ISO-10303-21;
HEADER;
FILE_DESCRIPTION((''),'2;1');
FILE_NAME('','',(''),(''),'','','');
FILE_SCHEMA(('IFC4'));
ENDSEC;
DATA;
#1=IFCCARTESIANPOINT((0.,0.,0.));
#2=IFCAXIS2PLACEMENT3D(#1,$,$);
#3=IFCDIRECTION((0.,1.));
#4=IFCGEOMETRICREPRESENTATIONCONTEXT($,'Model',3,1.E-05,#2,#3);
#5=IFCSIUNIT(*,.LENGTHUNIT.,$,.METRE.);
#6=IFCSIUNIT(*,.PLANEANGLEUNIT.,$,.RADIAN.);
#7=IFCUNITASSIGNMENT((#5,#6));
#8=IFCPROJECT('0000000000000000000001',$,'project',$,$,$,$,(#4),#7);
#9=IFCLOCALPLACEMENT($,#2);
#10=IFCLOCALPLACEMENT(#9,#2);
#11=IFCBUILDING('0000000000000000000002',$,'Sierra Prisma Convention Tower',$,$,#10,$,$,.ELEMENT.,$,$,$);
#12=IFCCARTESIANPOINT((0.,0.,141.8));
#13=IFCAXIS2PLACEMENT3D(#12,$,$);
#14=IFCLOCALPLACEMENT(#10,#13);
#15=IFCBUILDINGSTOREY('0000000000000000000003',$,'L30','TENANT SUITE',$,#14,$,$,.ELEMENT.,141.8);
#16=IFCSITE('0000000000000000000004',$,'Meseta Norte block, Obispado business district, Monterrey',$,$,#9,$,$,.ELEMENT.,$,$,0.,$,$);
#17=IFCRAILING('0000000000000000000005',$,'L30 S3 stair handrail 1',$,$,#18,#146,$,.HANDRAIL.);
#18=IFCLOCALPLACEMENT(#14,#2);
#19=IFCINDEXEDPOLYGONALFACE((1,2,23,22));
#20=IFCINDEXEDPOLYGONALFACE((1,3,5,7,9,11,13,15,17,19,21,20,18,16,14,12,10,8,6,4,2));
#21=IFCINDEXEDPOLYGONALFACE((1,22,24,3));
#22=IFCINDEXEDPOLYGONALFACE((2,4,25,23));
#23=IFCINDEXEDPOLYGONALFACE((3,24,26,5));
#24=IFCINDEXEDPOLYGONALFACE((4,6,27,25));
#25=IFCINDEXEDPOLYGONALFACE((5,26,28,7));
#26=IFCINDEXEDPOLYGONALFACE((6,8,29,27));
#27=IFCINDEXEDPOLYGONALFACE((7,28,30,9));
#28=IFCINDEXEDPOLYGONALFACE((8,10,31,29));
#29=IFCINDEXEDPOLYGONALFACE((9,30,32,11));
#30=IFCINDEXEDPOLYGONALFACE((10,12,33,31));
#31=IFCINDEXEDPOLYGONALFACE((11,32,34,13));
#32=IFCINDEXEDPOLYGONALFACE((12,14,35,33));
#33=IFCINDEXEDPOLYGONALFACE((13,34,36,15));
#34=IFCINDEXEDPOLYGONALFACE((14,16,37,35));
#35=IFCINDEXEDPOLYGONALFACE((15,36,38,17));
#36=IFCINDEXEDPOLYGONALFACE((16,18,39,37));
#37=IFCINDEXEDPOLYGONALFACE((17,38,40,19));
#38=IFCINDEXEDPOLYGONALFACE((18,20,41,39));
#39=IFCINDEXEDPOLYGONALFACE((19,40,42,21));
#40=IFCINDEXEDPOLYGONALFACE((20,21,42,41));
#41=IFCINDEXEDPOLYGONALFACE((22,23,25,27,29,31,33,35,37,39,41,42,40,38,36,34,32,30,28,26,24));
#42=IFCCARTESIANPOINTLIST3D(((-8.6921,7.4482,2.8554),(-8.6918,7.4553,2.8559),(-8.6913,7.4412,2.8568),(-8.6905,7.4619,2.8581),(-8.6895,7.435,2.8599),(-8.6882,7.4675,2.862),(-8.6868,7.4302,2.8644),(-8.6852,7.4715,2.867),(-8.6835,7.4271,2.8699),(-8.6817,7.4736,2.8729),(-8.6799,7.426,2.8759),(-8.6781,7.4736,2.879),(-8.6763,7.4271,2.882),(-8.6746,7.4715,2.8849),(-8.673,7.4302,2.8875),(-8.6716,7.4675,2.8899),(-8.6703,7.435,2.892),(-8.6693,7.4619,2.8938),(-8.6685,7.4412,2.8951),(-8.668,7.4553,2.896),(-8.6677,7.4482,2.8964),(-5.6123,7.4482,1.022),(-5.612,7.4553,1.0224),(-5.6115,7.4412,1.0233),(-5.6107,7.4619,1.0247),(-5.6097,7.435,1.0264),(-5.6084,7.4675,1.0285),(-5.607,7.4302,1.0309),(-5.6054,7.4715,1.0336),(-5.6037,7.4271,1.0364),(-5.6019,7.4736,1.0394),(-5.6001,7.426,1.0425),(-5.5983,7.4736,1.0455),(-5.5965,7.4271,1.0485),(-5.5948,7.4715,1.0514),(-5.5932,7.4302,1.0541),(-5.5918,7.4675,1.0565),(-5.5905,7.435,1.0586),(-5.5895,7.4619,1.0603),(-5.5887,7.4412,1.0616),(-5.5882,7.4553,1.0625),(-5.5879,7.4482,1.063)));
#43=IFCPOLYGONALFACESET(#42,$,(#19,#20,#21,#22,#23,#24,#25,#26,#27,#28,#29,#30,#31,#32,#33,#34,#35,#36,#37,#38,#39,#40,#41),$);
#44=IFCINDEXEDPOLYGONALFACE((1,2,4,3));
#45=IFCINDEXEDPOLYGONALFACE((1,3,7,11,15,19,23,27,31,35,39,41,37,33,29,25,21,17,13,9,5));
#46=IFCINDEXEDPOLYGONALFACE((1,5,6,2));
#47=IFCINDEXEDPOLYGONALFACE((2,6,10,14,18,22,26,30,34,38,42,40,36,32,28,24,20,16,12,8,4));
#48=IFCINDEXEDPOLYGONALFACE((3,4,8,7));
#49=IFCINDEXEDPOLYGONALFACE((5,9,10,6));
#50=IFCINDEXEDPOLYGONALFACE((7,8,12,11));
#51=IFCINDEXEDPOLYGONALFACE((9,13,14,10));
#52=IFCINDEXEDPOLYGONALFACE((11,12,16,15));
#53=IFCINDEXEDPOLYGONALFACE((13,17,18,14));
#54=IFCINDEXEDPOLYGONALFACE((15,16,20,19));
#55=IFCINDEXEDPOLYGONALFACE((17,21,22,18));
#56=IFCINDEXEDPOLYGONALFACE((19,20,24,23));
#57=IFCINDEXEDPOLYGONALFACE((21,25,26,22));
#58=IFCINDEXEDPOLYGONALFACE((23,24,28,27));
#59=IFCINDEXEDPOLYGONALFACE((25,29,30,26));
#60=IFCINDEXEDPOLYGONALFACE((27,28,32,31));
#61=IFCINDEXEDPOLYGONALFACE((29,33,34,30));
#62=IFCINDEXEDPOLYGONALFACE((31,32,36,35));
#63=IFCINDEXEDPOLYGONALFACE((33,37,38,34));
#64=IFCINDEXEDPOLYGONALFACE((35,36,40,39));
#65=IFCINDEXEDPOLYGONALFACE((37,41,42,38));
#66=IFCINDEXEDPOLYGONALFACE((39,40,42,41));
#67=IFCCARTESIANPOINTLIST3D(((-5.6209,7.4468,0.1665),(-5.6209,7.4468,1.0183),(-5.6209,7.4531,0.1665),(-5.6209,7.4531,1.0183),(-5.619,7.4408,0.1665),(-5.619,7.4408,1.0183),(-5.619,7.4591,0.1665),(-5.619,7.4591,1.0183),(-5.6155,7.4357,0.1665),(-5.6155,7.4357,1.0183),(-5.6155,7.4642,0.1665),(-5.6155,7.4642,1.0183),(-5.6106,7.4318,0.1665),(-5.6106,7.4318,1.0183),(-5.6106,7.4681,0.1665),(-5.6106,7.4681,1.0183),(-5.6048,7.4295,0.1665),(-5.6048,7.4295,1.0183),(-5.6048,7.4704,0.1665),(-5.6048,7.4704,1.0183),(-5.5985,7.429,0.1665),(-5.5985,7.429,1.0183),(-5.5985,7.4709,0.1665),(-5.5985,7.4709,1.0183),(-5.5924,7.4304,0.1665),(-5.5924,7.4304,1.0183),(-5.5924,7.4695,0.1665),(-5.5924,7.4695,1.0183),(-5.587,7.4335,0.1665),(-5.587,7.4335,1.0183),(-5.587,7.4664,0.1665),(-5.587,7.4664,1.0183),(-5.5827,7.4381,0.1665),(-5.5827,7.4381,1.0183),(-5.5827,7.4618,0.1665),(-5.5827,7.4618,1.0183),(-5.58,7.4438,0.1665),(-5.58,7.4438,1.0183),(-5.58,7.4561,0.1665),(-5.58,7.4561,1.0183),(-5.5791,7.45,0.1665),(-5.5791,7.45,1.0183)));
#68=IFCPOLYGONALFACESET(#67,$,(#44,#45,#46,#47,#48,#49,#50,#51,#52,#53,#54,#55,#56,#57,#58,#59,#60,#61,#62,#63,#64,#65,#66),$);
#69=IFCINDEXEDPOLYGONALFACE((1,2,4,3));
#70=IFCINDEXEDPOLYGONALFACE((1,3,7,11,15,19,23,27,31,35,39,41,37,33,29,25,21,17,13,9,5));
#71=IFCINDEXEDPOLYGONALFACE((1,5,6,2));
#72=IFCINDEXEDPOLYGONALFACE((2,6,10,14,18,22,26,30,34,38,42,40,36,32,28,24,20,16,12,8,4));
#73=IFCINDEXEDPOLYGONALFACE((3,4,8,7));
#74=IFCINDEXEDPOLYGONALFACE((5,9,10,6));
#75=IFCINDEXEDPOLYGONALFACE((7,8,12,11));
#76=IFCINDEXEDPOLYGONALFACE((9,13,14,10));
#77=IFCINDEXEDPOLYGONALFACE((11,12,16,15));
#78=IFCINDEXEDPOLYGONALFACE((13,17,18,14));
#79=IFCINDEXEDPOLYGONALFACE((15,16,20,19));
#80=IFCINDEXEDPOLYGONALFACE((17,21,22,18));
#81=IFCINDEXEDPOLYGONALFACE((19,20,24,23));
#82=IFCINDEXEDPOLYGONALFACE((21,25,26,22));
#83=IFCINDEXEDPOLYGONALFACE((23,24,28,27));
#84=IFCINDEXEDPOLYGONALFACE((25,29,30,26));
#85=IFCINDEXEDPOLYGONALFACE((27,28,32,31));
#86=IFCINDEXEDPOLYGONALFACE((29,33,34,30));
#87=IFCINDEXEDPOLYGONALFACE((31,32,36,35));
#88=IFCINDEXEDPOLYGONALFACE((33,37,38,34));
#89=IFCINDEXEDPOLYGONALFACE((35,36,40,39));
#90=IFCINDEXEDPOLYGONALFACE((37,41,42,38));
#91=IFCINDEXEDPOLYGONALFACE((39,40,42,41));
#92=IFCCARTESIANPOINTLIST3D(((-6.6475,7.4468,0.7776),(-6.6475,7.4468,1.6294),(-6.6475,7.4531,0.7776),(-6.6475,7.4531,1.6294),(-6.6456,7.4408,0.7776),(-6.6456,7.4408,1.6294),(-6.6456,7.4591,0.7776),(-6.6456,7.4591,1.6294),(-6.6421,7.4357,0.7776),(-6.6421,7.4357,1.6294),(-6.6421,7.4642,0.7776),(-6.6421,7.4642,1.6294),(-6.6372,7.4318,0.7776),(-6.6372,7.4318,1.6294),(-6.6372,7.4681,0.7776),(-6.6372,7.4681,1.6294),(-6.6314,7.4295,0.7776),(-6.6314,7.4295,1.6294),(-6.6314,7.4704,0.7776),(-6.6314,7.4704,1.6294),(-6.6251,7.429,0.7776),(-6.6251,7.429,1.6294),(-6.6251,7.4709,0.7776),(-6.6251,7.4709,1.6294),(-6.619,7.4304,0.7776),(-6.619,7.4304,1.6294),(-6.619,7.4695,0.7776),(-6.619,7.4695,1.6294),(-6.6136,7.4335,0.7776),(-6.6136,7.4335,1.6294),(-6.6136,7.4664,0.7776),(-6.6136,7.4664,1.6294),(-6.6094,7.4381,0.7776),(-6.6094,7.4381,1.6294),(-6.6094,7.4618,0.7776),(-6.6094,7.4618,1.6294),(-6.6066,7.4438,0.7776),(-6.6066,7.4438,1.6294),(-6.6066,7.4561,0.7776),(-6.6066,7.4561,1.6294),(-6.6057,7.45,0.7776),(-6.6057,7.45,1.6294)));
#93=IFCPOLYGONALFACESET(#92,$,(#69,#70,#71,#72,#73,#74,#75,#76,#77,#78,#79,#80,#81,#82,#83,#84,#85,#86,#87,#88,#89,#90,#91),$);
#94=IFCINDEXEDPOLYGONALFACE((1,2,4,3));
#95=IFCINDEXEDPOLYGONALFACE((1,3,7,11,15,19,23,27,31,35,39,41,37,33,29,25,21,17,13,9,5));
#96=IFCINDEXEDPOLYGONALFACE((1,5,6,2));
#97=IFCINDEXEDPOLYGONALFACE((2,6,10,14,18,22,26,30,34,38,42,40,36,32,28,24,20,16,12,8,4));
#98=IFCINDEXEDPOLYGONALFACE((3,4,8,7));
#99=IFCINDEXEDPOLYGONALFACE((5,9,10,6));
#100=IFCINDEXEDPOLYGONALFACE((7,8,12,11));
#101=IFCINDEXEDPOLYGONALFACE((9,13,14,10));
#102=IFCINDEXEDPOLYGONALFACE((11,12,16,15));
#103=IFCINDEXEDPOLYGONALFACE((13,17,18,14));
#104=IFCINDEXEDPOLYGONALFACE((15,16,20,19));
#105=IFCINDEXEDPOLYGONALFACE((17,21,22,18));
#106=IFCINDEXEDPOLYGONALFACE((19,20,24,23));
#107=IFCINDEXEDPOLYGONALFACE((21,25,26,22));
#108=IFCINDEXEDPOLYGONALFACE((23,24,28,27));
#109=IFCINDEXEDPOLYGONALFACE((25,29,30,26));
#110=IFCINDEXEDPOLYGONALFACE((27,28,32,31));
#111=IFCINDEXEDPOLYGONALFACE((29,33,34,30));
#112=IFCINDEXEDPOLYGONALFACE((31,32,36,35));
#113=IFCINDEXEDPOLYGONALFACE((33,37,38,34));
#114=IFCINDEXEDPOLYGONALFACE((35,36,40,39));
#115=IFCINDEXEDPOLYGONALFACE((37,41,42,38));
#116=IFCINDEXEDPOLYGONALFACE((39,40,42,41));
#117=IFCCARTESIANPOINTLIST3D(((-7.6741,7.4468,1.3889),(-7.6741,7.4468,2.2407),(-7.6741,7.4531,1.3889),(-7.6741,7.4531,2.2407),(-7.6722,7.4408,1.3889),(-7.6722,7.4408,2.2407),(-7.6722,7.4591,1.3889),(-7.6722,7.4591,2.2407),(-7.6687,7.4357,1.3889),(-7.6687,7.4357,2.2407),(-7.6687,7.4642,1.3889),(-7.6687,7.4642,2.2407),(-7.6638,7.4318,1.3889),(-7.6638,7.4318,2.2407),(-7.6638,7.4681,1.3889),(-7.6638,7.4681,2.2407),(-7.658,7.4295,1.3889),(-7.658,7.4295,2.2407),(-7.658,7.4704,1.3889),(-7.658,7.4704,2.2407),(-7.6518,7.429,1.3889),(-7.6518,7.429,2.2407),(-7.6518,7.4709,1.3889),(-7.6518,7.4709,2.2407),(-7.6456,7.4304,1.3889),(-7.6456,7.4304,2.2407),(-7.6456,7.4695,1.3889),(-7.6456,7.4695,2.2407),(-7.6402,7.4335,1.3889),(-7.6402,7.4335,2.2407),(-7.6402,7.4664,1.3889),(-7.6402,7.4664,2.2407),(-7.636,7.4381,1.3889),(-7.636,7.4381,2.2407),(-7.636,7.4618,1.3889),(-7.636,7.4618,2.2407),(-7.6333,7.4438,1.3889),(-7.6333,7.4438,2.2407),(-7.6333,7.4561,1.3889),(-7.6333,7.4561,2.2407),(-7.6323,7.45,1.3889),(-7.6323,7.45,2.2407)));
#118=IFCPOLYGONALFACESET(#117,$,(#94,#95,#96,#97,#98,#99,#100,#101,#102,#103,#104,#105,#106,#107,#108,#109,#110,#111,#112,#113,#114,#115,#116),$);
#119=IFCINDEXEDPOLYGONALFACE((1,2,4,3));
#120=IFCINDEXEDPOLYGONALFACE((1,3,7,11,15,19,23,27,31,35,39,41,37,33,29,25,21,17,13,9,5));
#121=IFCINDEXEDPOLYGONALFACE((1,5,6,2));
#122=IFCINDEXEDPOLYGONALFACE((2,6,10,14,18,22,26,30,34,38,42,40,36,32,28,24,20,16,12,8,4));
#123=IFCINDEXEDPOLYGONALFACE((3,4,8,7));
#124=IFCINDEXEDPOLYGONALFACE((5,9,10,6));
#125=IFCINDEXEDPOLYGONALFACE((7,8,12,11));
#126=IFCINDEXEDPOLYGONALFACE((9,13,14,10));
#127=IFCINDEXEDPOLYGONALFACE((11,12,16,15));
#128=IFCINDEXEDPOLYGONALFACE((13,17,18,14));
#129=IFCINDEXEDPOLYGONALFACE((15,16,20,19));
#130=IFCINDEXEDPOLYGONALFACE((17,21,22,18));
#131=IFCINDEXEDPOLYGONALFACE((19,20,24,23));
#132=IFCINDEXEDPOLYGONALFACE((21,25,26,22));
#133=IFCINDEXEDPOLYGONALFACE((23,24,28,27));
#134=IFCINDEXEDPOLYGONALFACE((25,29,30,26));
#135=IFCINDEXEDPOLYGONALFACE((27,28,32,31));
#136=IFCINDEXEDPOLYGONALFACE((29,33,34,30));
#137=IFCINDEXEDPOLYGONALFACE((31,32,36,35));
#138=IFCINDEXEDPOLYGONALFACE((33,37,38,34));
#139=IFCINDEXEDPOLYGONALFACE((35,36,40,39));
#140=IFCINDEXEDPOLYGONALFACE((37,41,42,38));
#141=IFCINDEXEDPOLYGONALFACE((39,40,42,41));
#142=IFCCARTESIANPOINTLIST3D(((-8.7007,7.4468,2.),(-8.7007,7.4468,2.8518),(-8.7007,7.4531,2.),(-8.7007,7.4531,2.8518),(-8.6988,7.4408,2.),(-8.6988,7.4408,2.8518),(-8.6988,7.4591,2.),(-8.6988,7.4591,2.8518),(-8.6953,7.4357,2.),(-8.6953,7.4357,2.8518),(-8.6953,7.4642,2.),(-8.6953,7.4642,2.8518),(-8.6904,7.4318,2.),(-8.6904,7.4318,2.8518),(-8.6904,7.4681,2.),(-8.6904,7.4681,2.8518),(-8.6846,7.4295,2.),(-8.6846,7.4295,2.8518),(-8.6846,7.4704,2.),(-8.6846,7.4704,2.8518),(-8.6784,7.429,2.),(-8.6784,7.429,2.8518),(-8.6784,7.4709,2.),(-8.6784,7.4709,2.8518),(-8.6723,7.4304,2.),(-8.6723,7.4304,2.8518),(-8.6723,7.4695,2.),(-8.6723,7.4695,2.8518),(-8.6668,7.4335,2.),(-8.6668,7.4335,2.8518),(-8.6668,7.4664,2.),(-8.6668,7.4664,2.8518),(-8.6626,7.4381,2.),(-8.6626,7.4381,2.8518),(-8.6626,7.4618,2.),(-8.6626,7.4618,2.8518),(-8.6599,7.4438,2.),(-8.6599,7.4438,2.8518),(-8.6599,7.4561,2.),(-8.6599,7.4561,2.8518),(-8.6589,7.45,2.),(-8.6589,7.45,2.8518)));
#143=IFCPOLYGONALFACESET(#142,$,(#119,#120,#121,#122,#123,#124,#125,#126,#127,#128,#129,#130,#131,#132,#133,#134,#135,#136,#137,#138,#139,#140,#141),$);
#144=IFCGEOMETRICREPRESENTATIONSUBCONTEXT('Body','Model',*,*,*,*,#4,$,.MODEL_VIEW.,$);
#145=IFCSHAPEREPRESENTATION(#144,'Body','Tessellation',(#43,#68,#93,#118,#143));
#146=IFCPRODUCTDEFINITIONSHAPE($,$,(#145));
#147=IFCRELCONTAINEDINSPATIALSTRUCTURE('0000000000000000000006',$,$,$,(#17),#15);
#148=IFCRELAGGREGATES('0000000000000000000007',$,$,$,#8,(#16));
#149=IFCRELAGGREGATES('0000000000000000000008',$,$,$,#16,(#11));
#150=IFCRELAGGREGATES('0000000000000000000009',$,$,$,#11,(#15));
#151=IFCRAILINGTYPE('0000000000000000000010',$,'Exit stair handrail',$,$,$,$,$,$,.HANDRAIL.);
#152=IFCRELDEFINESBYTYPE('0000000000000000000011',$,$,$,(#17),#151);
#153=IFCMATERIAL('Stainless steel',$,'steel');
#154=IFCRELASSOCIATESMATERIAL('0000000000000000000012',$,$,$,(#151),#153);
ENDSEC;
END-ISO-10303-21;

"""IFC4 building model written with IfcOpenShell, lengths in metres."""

from ifc_helpers import new_model, si_unit, direction, frame, origin, origin_2d, place, context, subcontext, project, spatial, circle, extrude, material, type_object, element, save


model = new_model("IFC4")

# Units and contexts
model_context = context("Model", 3, precision=1e-05, world=origin(), true_north=direction((0.0, 1.0)))
body_context = subcontext(model_context, "Body", "Model", "MODEL_VIEW")
ifc_project = project(units=[si_unit("LENGTHUNIT", "METRE"), si_unit("PLANEANGLEUNIT", "RADIAN")], contexts=[model_context])

# Site, building, storey
site_placement = place(None, origin())
site = spatial("IfcSite", under=ifc_project, at=site_placement, Name="Meseta Norte block, Obispado business district, Monterrey", CompositionType="ELEMENT", RefElevation=0.0)
building_placement = place(site_placement, origin())
building = spatial("IfcBuilding", under=site, at=building_placement, Name="Sierra Prisma Convention Tower", CompositionType="ELEMENT")
storey_placement = place(building_placement, frame((0.0, 0.0, 141.8)))
storey = spatial("IfcBuildingStorey", under=building, at=storey_placement, Name="L30", Description="TENANT SUITE", CompositionType="ELEMENT", Elevation=141.8)

# Railing
ifc_material_1 = material(Name="Stainless steel", Category="steel")
railing_type_1 = type_object("IfcRailingType", Name="Exit stair handrail", PredefinedType="HANDRAIL", material=ifc_material_1)
railing_1_placement = place(storey_placement, frame((-5.6001, 7.45, 0.1665)))
element("IfcRailing", 1, at=railing_1_placement, inside=storey, type_object=railing_type_1, Name="L30 S3 stair handrail 1", PredefinedType="HANDRAIL", context=body_context, shape_type="SweptSolid", body=[
    extrude(circle(Radius=0.0239, at=origin_2d()), frame((0.0, 0.0, 0.876), z_axis=(-0.859261, 0.0, 0.511538), x_axis=(0.0, -1.0, 0.0)), (0.0, 0.0, 1.0), 3.5842),
    extrude(circle(Radius=0.021, at=origin_2d()), origin(), (0.0, 0.0, 1.0), 0.8518),
    extrude(circle(Radius=0.021, at=origin_2d()), frame((-1.0266, 0.0, 0.6111)), (0.0, 0.0, 1.0), 0.8518),
    extrude(circle(Radius=0.021, at=origin_2d()), frame((-2.0532, 0.0, 1.2224)), (0.0, 0.0, 1.0), 0.8518),
    extrude(circle(Radius=0.021, at=origin_2d()), frame((-3.0798, 0.0, 1.8335)), (0.0, 0.0, 1.0), 0.8518),
])

save(model, "model.ifc")
